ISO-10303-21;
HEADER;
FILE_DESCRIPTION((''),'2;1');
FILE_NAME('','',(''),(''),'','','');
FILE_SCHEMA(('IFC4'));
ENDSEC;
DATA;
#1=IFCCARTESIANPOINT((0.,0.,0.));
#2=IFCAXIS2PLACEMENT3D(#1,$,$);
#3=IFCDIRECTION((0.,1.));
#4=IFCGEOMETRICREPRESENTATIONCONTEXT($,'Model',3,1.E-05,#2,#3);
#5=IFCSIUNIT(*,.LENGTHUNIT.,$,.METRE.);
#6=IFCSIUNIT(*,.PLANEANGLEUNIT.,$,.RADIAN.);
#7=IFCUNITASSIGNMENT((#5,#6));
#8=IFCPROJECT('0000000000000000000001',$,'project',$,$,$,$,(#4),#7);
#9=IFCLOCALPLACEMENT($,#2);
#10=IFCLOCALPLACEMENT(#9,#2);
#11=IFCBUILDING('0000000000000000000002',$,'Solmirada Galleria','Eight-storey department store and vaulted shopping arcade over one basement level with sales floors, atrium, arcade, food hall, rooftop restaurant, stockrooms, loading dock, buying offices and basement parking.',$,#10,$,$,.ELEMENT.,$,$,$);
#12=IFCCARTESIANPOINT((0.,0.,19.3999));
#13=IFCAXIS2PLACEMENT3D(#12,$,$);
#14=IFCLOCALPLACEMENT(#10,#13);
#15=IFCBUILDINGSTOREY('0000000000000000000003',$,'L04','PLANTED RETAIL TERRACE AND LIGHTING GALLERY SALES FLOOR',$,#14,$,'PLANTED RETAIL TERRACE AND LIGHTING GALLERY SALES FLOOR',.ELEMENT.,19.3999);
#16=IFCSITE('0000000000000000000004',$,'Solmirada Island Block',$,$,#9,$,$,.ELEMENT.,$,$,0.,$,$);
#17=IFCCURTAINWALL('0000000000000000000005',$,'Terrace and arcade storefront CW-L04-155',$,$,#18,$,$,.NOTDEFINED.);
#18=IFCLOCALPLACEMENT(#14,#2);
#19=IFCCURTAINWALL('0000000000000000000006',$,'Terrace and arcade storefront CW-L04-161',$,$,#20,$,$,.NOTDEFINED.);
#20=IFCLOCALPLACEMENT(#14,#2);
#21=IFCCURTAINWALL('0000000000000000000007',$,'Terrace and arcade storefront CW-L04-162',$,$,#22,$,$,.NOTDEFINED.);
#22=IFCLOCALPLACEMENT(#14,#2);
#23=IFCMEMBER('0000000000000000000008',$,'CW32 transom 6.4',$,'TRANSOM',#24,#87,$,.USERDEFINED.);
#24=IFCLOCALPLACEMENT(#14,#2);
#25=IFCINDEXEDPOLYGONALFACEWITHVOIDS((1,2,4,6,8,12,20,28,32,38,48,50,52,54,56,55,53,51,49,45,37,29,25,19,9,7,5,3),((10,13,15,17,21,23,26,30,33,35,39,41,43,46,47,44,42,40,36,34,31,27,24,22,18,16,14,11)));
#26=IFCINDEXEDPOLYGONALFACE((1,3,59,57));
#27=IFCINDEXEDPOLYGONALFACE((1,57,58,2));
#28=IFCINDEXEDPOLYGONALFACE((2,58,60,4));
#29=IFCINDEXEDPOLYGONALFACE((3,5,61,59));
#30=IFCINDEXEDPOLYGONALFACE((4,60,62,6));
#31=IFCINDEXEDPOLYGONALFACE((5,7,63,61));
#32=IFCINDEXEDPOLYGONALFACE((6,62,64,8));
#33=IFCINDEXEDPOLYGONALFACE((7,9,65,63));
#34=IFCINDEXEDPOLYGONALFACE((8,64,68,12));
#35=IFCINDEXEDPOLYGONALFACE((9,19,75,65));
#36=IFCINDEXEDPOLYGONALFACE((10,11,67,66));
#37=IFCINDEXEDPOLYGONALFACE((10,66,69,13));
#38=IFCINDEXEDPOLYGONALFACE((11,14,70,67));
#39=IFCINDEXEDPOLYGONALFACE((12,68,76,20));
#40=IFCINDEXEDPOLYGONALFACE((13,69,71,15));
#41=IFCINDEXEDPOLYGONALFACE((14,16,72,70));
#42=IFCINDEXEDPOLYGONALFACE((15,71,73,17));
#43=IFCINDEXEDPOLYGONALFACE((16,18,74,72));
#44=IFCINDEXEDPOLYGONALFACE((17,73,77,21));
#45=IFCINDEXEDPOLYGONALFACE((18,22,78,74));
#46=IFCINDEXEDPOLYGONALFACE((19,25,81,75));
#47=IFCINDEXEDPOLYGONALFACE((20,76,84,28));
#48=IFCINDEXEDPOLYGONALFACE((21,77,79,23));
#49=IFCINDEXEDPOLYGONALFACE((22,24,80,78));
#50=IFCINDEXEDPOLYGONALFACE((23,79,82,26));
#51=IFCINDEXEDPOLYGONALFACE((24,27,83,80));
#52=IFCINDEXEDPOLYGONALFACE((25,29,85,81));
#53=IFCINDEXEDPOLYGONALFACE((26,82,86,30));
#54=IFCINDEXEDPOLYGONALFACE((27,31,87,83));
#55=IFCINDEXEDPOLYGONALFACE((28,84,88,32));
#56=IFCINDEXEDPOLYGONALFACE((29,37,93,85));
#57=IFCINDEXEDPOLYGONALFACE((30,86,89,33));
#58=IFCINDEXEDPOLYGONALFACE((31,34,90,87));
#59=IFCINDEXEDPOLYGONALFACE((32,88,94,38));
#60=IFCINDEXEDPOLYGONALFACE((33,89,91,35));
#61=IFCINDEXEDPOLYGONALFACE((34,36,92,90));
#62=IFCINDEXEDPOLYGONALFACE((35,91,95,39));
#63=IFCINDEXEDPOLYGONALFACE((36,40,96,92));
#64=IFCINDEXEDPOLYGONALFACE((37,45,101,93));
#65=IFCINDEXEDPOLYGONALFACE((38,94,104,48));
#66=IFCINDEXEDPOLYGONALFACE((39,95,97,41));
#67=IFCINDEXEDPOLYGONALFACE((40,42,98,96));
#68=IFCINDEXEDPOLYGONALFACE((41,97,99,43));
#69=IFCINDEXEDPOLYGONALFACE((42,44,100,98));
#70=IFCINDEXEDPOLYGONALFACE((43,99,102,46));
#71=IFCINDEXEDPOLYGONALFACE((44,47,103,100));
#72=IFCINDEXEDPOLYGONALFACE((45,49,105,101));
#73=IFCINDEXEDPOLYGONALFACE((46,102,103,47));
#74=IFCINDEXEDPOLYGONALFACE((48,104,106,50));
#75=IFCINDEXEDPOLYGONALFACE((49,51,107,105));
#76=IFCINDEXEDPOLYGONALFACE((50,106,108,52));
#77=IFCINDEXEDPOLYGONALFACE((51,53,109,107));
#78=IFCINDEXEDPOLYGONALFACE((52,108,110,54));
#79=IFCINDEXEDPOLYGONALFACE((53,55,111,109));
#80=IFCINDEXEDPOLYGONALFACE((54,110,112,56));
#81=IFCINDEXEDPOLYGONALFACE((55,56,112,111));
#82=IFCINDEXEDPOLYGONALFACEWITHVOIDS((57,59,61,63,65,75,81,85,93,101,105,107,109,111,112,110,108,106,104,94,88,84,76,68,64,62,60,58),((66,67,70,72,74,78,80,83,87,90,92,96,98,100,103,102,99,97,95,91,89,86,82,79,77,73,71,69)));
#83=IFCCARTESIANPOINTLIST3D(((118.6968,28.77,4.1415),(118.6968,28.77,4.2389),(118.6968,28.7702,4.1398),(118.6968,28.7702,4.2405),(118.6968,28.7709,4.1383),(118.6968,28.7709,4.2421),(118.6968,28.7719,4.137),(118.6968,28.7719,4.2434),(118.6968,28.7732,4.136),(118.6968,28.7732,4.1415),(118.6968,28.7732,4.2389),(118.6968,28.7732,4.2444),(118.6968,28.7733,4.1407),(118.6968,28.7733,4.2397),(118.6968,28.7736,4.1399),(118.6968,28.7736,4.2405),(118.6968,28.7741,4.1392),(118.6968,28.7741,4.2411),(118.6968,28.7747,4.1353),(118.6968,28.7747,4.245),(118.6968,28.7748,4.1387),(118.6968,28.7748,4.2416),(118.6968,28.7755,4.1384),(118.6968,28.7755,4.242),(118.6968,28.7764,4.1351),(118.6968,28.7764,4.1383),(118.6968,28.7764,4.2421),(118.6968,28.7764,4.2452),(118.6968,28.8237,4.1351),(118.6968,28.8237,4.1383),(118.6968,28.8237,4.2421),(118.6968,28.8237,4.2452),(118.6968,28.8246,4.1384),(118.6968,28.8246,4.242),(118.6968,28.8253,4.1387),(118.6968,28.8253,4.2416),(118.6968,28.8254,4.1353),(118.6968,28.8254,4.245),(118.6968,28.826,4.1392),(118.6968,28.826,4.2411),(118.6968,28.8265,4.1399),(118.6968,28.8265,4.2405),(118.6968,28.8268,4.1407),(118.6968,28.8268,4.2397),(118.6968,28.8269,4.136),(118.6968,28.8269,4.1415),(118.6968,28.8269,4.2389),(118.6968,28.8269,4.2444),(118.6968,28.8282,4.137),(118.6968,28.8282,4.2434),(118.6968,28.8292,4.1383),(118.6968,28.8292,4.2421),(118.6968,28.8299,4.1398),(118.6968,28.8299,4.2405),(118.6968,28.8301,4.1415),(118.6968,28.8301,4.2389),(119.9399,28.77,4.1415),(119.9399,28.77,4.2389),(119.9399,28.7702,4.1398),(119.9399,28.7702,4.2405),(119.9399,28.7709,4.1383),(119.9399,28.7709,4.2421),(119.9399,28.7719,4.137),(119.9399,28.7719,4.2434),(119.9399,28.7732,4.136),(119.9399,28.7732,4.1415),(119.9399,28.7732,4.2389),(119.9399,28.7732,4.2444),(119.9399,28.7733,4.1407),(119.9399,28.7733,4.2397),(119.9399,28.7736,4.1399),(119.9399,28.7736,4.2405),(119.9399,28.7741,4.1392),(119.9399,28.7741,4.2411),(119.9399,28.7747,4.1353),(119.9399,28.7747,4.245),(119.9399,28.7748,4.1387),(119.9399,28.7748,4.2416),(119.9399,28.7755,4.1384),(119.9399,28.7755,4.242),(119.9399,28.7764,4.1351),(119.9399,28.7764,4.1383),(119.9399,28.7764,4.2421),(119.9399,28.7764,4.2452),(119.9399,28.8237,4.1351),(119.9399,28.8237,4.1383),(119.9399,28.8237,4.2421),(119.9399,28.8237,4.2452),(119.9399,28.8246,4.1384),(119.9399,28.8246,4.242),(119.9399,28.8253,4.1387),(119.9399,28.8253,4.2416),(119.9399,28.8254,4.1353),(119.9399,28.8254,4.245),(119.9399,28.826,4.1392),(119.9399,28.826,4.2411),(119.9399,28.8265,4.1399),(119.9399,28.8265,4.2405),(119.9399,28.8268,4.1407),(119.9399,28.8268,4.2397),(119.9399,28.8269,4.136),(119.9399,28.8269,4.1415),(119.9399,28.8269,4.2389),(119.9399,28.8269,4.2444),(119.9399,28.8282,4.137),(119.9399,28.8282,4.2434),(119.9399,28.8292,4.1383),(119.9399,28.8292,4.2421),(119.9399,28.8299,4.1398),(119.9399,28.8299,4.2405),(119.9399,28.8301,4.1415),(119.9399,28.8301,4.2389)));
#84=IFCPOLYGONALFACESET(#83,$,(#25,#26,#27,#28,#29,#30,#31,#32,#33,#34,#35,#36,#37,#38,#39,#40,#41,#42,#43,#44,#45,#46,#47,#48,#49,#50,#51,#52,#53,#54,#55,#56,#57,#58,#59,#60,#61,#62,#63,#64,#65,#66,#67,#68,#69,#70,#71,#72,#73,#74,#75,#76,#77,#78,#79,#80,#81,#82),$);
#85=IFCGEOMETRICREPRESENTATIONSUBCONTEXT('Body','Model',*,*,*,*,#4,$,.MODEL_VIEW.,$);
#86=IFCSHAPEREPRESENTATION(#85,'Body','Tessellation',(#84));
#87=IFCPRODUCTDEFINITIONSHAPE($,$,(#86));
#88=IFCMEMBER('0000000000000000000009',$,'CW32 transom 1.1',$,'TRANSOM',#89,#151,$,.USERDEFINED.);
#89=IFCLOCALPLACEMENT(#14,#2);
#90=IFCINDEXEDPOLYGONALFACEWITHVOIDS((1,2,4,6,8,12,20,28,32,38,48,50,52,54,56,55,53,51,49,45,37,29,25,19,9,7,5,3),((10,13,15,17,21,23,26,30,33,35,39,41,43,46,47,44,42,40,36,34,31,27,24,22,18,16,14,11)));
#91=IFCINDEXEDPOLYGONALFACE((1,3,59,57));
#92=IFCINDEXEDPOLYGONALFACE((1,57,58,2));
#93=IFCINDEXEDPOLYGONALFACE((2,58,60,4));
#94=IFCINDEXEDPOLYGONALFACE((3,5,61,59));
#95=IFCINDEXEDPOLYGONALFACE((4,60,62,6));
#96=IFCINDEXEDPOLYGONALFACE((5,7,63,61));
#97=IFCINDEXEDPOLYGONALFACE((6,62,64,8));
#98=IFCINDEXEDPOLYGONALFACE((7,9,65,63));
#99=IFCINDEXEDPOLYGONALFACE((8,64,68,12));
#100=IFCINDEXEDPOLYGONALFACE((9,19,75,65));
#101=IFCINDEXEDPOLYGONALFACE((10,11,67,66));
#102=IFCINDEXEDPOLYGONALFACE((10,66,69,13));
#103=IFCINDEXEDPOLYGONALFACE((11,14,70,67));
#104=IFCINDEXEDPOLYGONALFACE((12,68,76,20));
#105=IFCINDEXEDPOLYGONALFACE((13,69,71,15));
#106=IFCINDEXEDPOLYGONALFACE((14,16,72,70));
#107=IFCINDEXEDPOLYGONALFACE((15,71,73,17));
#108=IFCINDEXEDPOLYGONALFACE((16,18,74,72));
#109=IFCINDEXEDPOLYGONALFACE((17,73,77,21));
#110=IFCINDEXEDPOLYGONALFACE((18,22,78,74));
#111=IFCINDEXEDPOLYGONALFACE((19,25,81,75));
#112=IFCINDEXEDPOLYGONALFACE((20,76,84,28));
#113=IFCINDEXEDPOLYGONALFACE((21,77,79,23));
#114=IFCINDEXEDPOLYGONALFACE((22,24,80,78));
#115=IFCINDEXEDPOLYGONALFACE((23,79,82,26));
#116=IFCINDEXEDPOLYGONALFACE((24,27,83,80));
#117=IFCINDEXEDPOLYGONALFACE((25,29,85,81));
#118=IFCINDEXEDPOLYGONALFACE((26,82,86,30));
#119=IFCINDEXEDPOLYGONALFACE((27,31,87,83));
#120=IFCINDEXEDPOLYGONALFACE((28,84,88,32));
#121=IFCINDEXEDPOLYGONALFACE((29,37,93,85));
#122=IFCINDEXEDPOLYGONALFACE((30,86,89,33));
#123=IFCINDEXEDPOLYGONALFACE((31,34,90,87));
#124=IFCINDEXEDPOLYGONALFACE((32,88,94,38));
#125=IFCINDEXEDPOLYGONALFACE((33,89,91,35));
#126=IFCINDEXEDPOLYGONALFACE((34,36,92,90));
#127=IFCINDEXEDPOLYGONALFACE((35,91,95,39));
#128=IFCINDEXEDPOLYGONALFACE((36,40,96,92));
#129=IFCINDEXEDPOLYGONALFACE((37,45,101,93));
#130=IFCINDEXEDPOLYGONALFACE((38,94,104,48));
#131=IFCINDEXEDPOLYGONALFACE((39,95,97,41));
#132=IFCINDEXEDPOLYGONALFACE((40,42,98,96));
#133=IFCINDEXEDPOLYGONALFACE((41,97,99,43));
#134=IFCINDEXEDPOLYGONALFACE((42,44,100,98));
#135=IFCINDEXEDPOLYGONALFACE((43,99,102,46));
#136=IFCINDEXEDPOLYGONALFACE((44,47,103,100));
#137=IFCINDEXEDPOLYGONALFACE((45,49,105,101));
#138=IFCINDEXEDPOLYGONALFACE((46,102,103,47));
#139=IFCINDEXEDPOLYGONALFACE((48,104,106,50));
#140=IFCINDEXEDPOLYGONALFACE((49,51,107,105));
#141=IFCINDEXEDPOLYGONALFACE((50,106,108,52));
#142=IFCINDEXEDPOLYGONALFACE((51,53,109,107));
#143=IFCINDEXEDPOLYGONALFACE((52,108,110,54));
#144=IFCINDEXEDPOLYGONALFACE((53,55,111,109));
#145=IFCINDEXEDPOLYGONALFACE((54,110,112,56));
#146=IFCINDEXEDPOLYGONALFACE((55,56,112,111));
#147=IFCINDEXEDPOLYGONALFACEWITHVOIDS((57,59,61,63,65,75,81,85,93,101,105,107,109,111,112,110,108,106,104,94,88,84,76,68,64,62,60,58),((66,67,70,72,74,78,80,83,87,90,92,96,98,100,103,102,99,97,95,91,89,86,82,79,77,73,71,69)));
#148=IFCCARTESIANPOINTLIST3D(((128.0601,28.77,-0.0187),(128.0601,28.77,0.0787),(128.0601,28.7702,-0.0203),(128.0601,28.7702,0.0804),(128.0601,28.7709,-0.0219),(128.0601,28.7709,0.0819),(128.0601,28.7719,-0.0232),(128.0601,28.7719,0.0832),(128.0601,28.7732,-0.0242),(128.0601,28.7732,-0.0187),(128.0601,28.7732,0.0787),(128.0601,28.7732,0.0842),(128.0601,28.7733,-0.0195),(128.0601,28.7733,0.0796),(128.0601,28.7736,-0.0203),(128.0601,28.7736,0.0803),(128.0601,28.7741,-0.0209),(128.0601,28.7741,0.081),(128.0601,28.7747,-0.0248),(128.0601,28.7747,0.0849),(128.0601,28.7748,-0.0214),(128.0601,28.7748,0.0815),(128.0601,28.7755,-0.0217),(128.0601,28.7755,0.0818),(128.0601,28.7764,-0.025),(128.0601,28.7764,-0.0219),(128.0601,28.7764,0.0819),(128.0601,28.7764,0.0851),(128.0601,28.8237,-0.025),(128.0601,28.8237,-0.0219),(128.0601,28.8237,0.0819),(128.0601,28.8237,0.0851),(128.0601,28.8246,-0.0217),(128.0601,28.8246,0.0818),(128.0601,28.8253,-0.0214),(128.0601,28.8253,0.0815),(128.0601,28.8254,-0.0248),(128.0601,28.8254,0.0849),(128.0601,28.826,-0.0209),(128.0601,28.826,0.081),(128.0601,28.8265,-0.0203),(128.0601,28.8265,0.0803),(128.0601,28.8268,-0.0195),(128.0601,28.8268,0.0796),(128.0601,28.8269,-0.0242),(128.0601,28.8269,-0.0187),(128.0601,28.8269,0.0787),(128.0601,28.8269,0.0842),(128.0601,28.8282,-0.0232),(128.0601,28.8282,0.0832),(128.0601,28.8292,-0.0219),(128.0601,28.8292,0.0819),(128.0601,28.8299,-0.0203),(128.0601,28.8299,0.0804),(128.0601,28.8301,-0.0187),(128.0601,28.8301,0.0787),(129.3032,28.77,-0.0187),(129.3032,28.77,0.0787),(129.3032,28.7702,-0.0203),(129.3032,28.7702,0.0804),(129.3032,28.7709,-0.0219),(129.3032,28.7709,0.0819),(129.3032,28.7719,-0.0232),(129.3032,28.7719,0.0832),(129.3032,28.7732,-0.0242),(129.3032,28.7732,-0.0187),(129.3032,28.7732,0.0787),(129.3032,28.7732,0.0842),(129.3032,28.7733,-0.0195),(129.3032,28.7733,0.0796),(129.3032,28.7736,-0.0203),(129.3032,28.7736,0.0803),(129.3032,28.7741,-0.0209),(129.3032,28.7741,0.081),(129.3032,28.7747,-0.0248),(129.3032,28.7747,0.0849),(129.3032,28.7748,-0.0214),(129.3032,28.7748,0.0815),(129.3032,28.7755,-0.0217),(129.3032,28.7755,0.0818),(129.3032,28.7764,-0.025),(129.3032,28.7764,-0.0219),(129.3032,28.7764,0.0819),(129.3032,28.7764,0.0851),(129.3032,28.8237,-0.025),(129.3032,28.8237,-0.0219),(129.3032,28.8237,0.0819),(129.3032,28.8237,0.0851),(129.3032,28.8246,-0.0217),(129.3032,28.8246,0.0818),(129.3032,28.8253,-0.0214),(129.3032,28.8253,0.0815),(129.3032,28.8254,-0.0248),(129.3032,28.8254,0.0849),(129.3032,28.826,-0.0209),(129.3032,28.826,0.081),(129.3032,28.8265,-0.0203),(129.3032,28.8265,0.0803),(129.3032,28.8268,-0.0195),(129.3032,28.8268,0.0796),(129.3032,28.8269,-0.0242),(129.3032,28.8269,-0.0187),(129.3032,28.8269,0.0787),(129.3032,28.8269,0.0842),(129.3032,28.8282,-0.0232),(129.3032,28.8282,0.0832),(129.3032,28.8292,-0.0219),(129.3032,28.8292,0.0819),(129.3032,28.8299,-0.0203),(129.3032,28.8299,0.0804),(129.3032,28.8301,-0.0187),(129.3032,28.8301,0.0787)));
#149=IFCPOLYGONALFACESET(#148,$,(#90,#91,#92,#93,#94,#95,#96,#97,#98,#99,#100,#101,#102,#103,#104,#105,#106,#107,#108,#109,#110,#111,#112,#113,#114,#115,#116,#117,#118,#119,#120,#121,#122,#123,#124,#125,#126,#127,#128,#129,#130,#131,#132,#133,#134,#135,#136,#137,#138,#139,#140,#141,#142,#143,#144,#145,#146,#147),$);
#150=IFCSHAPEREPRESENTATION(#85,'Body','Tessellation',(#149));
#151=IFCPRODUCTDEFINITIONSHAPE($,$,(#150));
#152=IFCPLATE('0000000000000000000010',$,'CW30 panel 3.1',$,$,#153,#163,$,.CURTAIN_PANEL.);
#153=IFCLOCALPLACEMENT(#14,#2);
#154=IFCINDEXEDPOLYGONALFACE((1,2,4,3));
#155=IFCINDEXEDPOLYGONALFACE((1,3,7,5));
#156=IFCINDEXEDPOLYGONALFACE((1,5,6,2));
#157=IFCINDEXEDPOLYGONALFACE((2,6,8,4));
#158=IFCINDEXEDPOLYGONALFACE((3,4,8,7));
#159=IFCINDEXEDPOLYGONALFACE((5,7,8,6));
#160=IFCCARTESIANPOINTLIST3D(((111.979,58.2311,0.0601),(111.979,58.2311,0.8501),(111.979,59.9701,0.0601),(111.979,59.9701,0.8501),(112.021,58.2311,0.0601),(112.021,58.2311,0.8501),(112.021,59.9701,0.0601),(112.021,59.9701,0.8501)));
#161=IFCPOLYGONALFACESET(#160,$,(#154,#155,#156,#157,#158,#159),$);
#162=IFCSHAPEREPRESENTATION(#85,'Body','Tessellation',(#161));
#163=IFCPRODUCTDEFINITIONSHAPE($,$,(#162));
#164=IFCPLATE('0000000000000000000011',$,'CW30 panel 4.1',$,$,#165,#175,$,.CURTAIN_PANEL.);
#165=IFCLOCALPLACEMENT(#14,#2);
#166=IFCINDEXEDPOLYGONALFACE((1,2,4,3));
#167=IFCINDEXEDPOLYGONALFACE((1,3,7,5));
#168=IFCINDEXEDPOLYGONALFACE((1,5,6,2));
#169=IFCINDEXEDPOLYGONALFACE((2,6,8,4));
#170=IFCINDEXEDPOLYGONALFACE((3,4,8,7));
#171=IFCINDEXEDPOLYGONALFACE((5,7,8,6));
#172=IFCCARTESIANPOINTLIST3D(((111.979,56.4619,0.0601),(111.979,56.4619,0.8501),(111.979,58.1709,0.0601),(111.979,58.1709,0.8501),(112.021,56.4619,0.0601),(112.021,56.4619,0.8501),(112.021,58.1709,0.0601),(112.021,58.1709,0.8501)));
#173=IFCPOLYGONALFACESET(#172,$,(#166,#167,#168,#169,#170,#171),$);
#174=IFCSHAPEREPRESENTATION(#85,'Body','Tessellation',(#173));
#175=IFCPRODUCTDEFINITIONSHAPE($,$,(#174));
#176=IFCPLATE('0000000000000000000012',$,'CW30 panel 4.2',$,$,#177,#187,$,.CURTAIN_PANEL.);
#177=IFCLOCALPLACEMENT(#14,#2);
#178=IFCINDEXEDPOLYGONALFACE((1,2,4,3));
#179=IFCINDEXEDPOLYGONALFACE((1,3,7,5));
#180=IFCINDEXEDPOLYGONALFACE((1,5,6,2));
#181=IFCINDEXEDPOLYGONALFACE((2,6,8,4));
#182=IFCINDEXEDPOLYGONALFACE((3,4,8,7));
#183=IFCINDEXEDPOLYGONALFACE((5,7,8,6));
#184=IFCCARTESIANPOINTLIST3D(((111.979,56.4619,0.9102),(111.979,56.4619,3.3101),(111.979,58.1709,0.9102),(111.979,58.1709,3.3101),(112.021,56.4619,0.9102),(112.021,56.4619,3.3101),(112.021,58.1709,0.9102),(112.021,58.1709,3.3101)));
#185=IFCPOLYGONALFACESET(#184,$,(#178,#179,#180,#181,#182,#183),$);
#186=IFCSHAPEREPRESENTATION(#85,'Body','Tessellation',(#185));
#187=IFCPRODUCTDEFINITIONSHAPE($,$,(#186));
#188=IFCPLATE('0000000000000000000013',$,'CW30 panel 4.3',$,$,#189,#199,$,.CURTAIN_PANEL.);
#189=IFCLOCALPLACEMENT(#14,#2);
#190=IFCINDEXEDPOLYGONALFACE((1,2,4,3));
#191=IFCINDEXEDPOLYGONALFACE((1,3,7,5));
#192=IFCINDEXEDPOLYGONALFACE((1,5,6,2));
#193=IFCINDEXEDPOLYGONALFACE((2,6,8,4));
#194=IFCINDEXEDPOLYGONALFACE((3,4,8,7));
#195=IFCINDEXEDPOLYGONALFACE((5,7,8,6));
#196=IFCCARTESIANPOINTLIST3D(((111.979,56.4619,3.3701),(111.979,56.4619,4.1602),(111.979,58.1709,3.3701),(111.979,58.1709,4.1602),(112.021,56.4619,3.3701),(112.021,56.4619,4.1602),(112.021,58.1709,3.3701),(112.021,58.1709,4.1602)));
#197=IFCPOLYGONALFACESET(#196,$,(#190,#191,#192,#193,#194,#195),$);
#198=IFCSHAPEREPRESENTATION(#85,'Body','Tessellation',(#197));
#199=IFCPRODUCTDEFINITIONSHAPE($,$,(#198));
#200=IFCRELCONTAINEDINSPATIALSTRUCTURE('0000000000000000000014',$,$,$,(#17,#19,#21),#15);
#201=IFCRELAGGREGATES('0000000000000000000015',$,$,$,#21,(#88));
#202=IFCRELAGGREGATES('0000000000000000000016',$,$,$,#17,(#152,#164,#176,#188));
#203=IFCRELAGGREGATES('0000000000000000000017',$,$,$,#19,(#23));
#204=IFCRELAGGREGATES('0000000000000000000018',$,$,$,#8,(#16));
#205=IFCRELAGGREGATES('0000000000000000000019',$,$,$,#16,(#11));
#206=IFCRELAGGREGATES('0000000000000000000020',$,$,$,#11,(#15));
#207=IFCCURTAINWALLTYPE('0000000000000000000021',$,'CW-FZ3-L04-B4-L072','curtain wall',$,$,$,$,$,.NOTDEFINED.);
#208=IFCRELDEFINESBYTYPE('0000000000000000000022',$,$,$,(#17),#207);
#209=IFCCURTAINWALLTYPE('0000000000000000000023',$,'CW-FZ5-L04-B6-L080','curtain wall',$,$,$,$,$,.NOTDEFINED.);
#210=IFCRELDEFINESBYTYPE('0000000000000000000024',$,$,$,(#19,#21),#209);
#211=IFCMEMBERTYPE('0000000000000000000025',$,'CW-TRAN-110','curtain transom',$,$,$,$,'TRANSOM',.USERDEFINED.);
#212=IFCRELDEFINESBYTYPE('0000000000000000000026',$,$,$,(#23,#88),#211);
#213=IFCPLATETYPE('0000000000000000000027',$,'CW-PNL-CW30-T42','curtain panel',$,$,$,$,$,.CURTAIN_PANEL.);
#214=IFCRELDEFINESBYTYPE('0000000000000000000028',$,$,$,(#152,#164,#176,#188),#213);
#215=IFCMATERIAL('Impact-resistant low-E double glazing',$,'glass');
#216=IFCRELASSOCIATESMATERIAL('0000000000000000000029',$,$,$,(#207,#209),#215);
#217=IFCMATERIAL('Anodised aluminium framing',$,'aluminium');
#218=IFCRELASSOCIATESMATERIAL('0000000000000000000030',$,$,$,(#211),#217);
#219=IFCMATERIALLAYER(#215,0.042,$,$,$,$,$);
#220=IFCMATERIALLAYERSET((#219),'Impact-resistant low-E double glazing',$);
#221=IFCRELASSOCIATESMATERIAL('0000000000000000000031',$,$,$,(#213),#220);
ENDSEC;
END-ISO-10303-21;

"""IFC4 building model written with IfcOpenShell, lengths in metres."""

from ifc_helpers import new_model, si_unit, direction, frame, origin, origin_2d, place, context, subcontext, project, spatial, rectangle, hollow_rectangle, extrude, material, layer, layer_set, material_profile, profile_set, type_object, element, aggregate, save


model = new_model("IFC4")

# Units and contexts
model_context = context("Model", 3, precision=1e-05, world=origin(), true_north=direction((0.0, 1.0)))
body_context = subcontext(model_context, "Body", "Model", "MODEL_VIEW")
ifc_project = project(units=[si_unit("LENGTHUNIT", "METRE"), si_unit("PLANEANGLEUNIT", "RADIAN")], contexts=[model_context])

# Site, building, storey
site_placement = place(None, origin())
site = spatial("IfcSite", under=ifc_project, at=site_placement, Name="Solmirada Island Block", CompositionType="ELEMENT", RefElevation=0.0)
building_placement = place(site_placement, origin())
building = spatial("IfcBuilding", under=site, at=building_placement, Name="Solmirada Galleria", Description="Eight-storey department store and vaulted shopping arcade over one basement level with sales floors, atrium, arcade, food hall, rooftop restaurant, stockrooms, loading dock, buying offices and basement parking.", CompositionType="ELEMENT")
storey_placement = place(building_placement, frame((0.0, 0.0, 19.3999)))
storey = spatial("IfcBuildingStorey", under=building, at=storey_placement, Name="L04", Description="PLANTED RETAIL TERRACE AND LIGHTING GALLERY SALES FLOOR", LongName="PLANTED RETAIL TERRACE AND LIGHTING GALLERY SALES FLOOR", CompositionType="ELEMENT", Elevation=19.3999)

# Curtain wall
ifc_material_1 = material(Name="Impact-resistant low-E double glazing", Category="glass")
curtain_wall_type_1 = type_object("IfcCurtainWallType", Name="CW-FZ3-L04-B4-L072", Description="curtain wall", PredefinedType="NOTDEFINED", material=ifc_material_1)
curtain_wall_1_placement = place(storey_placement, origin())
curtain_wall_1 = element("IfcCurtainWall", 1, at=curtain_wall_1_placement, inside=storey, type_object=curtain_wall_type_1, Name="Terrace and arcade storefront CW-L04-155", PredefinedType="NOTDEFINED")
ifc_material_2 = material(Name="Anodised aluminium framing", Category="aluminium")

# Curtain walls
curtain_wall_type_2 = type_object("IfcCurtainWallType", Name="CW-FZ5-L04-B6-L080", Description="curtain wall", PredefinedType="NOTDEFINED", material=ifc_material_1)
curtain_wall_2_placement = place(storey_placement, origin())
curtain_wall_2 = element("IfcCurtainWall", 2, at=curtain_wall_2_placement, inside=storey, type_object=curtain_wall_type_2, Name="Terrace and arcade storefront CW-L04-161", PredefinedType="NOTDEFINED")
curtain_wall_3_placement = place(storey_placement, origin())
curtain_wall_3 = element("IfcCurtainWall", 3, at=curtain_wall_3_placement, inside=storey, type_object=curtain_wall_type_2, Name="Terrace and arcade storefront CW-L04-162", PredefinedType="NOTDEFINED")

# Members
ifc_material_profile_1 = material_profile(ifc_material_2, hollow_rectangle(XDim=0.0601, YDim=0.1101, WallThickness=0.0032, InnerFilletRadius=0.0032, OuterFilletRadius=0.0063, at=origin_2d()), Name="ALU-TRAN-110X60")
ifc_profile_set_1 = profile_set([ifc_material_profile_1], Name="Anodised aluminium framing")
member_type_1 = type_object("IfcMemberType", Name="CW-TRAN-110", Description="curtain transom", ElementType="TRANSOM", PredefinedType="USERDEFINED", material=ifc_profile_set_1)
member_1_placement = place(storey_placement, frame((118.6968, 28.8, 4.1902), z_axis=(1.0, 0.0, 0.0), x_axis=(0.0, 1.0, 0.0)))
member_1 = element("IfcMember", 4, at=member_1_placement, type_object=member_type_1, Name="CW32 transom 6.4", ObjectType="TRANSOM", PredefinedType="USERDEFINED", context=body_context, shape_type="SweptSolid", body=[
    extrude(hollow_rectangle(XDim=0.0601, YDim=0.1101, WallThickness=0.0032, InnerFilletRadius=0.0032, OuterFilletRadius=0.0063, at=origin_2d()), origin(), (0.0, 0.0, 1.0), 1.2432),
])
member_2_placement = place(storey_placement, frame((128.0601, 28.8, 0.03), z_axis=(1.0, 0.0, 0.0), x_axis=(0.0, 1.0, 0.0)))
member_2 = element("IfcMember", 5, at=member_2_placement, type_object=member_type_1, Name="CW32 transom 1.1", ObjectType="TRANSOM", PredefinedType="USERDEFINED", context=body_context, shape_type="SweptSolid", body=[
    extrude(hollow_rectangle(XDim=0.0601, YDim=0.1101, WallThickness=0.0032, InnerFilletRadius=0.0032, OuterFilletRadius=0.0063, at=origin_2d()), origin(), (0.0, 0.0, 1.0), 1.2432),
])
aggregate(curtain_wall_3, [member_2])

# Plates
ifc_layer_1 = layer(ifc_material_1, 0.042)
ifc_layer_set_1 = layer_set([ifc_layer_1], Name="Impact-resistant low-E double glazing")
plate_type_1 = type_object("IfcPlateType", Name="CW-PNL-CW30-T42", Description="curtain panel", PredefinedType="CURTAIN_PANEL", material=ifc_layer_set_1)
plate_1_placement = place(storey_placement, frame((112.0, 59.1006, 0.0601), z_axis=(0.0, 0.0, 1.0), x_axis=(0.0, -1.0, 0.0)))
plate_1 = element("IfcPlate", 6, at=plate_1_placement, type_object=plate_type_1, Name="CW30 panel 3.1", PredefinedType="CURTAIN_PANEL", context=body_context, shape_type="SweptSolid", body=[
    extrude(rectangle(XDim=1.739, YDim=0.042, at=origin_2d()), origin(), (0.0, 0.0, 1.0), 0.79),
])
plate_2_placement = place(storey_placement, frame((112.0, 57.3164, 0.0601), z_axis=(0.0, 0.0, 1.0), x_axis=(0.0, -1.0, 0.0)))
plate_2 = element("IfcPlate", 7, at=plate_2_placement, type_object=plate_type_1, Name="CW30 panel 4.1", PredefinedType="CURTAIN_PANEL", context=body_context, shape_type="SweptSolid", body=[
    extrude(rectangle(XDim=1.709, YDim=0.042, at=origin_2d()), origin(), (0.0, 0.0, 1.0), 0.79),
])
plate_3_placement = place(storey_placement, frame((112.0, 57.3164, 0.9102), z_axis=(0.0, 0.0, 1.0), x_axis=(0.0, -1.0, 0.0)))
plate_3 = element("IfcPlate", 8, at=plate_3_placement, type_object=plate_type_1, Name="CW30 panel 4.2", PredefinedType="CURTAIN_PANEL", context=body_context, shape_type="SweptSolid", body=[
    extrude(rectangle(XDim=1.709, YDim=0.042, at=origin_2d()), origin(), (0.0, 0.0, 1.0), 2.3999),
])
plate_4_placement = place(storey_placement, frame((112.0, 57.3164, 3.3701), z_axis=(0.0, 0.0, 1.0), x_axis=(0.0, -1.0, 0.0)))
plate_4 = element("IfcPlate", 9, at=plate_4_placement, type_object=plate_type_1, Name="CW30 panel 4.3", PredefinedType="CURTAIN_PANEL", context=body_context, shape_type="SweptSolid", body=[
    extrude(rectangle(XDim=1.709, YDim=0.042, at=origin_2d()), origin(), (0.0, 0.0, 1.0), 0.79),
])
aggregate(curtain_wall_1, [plate_1, plate_2, plate_3, plate_4])
aggregate(curtain_wall_2, [member_1])

save(model, "model.ifc")
